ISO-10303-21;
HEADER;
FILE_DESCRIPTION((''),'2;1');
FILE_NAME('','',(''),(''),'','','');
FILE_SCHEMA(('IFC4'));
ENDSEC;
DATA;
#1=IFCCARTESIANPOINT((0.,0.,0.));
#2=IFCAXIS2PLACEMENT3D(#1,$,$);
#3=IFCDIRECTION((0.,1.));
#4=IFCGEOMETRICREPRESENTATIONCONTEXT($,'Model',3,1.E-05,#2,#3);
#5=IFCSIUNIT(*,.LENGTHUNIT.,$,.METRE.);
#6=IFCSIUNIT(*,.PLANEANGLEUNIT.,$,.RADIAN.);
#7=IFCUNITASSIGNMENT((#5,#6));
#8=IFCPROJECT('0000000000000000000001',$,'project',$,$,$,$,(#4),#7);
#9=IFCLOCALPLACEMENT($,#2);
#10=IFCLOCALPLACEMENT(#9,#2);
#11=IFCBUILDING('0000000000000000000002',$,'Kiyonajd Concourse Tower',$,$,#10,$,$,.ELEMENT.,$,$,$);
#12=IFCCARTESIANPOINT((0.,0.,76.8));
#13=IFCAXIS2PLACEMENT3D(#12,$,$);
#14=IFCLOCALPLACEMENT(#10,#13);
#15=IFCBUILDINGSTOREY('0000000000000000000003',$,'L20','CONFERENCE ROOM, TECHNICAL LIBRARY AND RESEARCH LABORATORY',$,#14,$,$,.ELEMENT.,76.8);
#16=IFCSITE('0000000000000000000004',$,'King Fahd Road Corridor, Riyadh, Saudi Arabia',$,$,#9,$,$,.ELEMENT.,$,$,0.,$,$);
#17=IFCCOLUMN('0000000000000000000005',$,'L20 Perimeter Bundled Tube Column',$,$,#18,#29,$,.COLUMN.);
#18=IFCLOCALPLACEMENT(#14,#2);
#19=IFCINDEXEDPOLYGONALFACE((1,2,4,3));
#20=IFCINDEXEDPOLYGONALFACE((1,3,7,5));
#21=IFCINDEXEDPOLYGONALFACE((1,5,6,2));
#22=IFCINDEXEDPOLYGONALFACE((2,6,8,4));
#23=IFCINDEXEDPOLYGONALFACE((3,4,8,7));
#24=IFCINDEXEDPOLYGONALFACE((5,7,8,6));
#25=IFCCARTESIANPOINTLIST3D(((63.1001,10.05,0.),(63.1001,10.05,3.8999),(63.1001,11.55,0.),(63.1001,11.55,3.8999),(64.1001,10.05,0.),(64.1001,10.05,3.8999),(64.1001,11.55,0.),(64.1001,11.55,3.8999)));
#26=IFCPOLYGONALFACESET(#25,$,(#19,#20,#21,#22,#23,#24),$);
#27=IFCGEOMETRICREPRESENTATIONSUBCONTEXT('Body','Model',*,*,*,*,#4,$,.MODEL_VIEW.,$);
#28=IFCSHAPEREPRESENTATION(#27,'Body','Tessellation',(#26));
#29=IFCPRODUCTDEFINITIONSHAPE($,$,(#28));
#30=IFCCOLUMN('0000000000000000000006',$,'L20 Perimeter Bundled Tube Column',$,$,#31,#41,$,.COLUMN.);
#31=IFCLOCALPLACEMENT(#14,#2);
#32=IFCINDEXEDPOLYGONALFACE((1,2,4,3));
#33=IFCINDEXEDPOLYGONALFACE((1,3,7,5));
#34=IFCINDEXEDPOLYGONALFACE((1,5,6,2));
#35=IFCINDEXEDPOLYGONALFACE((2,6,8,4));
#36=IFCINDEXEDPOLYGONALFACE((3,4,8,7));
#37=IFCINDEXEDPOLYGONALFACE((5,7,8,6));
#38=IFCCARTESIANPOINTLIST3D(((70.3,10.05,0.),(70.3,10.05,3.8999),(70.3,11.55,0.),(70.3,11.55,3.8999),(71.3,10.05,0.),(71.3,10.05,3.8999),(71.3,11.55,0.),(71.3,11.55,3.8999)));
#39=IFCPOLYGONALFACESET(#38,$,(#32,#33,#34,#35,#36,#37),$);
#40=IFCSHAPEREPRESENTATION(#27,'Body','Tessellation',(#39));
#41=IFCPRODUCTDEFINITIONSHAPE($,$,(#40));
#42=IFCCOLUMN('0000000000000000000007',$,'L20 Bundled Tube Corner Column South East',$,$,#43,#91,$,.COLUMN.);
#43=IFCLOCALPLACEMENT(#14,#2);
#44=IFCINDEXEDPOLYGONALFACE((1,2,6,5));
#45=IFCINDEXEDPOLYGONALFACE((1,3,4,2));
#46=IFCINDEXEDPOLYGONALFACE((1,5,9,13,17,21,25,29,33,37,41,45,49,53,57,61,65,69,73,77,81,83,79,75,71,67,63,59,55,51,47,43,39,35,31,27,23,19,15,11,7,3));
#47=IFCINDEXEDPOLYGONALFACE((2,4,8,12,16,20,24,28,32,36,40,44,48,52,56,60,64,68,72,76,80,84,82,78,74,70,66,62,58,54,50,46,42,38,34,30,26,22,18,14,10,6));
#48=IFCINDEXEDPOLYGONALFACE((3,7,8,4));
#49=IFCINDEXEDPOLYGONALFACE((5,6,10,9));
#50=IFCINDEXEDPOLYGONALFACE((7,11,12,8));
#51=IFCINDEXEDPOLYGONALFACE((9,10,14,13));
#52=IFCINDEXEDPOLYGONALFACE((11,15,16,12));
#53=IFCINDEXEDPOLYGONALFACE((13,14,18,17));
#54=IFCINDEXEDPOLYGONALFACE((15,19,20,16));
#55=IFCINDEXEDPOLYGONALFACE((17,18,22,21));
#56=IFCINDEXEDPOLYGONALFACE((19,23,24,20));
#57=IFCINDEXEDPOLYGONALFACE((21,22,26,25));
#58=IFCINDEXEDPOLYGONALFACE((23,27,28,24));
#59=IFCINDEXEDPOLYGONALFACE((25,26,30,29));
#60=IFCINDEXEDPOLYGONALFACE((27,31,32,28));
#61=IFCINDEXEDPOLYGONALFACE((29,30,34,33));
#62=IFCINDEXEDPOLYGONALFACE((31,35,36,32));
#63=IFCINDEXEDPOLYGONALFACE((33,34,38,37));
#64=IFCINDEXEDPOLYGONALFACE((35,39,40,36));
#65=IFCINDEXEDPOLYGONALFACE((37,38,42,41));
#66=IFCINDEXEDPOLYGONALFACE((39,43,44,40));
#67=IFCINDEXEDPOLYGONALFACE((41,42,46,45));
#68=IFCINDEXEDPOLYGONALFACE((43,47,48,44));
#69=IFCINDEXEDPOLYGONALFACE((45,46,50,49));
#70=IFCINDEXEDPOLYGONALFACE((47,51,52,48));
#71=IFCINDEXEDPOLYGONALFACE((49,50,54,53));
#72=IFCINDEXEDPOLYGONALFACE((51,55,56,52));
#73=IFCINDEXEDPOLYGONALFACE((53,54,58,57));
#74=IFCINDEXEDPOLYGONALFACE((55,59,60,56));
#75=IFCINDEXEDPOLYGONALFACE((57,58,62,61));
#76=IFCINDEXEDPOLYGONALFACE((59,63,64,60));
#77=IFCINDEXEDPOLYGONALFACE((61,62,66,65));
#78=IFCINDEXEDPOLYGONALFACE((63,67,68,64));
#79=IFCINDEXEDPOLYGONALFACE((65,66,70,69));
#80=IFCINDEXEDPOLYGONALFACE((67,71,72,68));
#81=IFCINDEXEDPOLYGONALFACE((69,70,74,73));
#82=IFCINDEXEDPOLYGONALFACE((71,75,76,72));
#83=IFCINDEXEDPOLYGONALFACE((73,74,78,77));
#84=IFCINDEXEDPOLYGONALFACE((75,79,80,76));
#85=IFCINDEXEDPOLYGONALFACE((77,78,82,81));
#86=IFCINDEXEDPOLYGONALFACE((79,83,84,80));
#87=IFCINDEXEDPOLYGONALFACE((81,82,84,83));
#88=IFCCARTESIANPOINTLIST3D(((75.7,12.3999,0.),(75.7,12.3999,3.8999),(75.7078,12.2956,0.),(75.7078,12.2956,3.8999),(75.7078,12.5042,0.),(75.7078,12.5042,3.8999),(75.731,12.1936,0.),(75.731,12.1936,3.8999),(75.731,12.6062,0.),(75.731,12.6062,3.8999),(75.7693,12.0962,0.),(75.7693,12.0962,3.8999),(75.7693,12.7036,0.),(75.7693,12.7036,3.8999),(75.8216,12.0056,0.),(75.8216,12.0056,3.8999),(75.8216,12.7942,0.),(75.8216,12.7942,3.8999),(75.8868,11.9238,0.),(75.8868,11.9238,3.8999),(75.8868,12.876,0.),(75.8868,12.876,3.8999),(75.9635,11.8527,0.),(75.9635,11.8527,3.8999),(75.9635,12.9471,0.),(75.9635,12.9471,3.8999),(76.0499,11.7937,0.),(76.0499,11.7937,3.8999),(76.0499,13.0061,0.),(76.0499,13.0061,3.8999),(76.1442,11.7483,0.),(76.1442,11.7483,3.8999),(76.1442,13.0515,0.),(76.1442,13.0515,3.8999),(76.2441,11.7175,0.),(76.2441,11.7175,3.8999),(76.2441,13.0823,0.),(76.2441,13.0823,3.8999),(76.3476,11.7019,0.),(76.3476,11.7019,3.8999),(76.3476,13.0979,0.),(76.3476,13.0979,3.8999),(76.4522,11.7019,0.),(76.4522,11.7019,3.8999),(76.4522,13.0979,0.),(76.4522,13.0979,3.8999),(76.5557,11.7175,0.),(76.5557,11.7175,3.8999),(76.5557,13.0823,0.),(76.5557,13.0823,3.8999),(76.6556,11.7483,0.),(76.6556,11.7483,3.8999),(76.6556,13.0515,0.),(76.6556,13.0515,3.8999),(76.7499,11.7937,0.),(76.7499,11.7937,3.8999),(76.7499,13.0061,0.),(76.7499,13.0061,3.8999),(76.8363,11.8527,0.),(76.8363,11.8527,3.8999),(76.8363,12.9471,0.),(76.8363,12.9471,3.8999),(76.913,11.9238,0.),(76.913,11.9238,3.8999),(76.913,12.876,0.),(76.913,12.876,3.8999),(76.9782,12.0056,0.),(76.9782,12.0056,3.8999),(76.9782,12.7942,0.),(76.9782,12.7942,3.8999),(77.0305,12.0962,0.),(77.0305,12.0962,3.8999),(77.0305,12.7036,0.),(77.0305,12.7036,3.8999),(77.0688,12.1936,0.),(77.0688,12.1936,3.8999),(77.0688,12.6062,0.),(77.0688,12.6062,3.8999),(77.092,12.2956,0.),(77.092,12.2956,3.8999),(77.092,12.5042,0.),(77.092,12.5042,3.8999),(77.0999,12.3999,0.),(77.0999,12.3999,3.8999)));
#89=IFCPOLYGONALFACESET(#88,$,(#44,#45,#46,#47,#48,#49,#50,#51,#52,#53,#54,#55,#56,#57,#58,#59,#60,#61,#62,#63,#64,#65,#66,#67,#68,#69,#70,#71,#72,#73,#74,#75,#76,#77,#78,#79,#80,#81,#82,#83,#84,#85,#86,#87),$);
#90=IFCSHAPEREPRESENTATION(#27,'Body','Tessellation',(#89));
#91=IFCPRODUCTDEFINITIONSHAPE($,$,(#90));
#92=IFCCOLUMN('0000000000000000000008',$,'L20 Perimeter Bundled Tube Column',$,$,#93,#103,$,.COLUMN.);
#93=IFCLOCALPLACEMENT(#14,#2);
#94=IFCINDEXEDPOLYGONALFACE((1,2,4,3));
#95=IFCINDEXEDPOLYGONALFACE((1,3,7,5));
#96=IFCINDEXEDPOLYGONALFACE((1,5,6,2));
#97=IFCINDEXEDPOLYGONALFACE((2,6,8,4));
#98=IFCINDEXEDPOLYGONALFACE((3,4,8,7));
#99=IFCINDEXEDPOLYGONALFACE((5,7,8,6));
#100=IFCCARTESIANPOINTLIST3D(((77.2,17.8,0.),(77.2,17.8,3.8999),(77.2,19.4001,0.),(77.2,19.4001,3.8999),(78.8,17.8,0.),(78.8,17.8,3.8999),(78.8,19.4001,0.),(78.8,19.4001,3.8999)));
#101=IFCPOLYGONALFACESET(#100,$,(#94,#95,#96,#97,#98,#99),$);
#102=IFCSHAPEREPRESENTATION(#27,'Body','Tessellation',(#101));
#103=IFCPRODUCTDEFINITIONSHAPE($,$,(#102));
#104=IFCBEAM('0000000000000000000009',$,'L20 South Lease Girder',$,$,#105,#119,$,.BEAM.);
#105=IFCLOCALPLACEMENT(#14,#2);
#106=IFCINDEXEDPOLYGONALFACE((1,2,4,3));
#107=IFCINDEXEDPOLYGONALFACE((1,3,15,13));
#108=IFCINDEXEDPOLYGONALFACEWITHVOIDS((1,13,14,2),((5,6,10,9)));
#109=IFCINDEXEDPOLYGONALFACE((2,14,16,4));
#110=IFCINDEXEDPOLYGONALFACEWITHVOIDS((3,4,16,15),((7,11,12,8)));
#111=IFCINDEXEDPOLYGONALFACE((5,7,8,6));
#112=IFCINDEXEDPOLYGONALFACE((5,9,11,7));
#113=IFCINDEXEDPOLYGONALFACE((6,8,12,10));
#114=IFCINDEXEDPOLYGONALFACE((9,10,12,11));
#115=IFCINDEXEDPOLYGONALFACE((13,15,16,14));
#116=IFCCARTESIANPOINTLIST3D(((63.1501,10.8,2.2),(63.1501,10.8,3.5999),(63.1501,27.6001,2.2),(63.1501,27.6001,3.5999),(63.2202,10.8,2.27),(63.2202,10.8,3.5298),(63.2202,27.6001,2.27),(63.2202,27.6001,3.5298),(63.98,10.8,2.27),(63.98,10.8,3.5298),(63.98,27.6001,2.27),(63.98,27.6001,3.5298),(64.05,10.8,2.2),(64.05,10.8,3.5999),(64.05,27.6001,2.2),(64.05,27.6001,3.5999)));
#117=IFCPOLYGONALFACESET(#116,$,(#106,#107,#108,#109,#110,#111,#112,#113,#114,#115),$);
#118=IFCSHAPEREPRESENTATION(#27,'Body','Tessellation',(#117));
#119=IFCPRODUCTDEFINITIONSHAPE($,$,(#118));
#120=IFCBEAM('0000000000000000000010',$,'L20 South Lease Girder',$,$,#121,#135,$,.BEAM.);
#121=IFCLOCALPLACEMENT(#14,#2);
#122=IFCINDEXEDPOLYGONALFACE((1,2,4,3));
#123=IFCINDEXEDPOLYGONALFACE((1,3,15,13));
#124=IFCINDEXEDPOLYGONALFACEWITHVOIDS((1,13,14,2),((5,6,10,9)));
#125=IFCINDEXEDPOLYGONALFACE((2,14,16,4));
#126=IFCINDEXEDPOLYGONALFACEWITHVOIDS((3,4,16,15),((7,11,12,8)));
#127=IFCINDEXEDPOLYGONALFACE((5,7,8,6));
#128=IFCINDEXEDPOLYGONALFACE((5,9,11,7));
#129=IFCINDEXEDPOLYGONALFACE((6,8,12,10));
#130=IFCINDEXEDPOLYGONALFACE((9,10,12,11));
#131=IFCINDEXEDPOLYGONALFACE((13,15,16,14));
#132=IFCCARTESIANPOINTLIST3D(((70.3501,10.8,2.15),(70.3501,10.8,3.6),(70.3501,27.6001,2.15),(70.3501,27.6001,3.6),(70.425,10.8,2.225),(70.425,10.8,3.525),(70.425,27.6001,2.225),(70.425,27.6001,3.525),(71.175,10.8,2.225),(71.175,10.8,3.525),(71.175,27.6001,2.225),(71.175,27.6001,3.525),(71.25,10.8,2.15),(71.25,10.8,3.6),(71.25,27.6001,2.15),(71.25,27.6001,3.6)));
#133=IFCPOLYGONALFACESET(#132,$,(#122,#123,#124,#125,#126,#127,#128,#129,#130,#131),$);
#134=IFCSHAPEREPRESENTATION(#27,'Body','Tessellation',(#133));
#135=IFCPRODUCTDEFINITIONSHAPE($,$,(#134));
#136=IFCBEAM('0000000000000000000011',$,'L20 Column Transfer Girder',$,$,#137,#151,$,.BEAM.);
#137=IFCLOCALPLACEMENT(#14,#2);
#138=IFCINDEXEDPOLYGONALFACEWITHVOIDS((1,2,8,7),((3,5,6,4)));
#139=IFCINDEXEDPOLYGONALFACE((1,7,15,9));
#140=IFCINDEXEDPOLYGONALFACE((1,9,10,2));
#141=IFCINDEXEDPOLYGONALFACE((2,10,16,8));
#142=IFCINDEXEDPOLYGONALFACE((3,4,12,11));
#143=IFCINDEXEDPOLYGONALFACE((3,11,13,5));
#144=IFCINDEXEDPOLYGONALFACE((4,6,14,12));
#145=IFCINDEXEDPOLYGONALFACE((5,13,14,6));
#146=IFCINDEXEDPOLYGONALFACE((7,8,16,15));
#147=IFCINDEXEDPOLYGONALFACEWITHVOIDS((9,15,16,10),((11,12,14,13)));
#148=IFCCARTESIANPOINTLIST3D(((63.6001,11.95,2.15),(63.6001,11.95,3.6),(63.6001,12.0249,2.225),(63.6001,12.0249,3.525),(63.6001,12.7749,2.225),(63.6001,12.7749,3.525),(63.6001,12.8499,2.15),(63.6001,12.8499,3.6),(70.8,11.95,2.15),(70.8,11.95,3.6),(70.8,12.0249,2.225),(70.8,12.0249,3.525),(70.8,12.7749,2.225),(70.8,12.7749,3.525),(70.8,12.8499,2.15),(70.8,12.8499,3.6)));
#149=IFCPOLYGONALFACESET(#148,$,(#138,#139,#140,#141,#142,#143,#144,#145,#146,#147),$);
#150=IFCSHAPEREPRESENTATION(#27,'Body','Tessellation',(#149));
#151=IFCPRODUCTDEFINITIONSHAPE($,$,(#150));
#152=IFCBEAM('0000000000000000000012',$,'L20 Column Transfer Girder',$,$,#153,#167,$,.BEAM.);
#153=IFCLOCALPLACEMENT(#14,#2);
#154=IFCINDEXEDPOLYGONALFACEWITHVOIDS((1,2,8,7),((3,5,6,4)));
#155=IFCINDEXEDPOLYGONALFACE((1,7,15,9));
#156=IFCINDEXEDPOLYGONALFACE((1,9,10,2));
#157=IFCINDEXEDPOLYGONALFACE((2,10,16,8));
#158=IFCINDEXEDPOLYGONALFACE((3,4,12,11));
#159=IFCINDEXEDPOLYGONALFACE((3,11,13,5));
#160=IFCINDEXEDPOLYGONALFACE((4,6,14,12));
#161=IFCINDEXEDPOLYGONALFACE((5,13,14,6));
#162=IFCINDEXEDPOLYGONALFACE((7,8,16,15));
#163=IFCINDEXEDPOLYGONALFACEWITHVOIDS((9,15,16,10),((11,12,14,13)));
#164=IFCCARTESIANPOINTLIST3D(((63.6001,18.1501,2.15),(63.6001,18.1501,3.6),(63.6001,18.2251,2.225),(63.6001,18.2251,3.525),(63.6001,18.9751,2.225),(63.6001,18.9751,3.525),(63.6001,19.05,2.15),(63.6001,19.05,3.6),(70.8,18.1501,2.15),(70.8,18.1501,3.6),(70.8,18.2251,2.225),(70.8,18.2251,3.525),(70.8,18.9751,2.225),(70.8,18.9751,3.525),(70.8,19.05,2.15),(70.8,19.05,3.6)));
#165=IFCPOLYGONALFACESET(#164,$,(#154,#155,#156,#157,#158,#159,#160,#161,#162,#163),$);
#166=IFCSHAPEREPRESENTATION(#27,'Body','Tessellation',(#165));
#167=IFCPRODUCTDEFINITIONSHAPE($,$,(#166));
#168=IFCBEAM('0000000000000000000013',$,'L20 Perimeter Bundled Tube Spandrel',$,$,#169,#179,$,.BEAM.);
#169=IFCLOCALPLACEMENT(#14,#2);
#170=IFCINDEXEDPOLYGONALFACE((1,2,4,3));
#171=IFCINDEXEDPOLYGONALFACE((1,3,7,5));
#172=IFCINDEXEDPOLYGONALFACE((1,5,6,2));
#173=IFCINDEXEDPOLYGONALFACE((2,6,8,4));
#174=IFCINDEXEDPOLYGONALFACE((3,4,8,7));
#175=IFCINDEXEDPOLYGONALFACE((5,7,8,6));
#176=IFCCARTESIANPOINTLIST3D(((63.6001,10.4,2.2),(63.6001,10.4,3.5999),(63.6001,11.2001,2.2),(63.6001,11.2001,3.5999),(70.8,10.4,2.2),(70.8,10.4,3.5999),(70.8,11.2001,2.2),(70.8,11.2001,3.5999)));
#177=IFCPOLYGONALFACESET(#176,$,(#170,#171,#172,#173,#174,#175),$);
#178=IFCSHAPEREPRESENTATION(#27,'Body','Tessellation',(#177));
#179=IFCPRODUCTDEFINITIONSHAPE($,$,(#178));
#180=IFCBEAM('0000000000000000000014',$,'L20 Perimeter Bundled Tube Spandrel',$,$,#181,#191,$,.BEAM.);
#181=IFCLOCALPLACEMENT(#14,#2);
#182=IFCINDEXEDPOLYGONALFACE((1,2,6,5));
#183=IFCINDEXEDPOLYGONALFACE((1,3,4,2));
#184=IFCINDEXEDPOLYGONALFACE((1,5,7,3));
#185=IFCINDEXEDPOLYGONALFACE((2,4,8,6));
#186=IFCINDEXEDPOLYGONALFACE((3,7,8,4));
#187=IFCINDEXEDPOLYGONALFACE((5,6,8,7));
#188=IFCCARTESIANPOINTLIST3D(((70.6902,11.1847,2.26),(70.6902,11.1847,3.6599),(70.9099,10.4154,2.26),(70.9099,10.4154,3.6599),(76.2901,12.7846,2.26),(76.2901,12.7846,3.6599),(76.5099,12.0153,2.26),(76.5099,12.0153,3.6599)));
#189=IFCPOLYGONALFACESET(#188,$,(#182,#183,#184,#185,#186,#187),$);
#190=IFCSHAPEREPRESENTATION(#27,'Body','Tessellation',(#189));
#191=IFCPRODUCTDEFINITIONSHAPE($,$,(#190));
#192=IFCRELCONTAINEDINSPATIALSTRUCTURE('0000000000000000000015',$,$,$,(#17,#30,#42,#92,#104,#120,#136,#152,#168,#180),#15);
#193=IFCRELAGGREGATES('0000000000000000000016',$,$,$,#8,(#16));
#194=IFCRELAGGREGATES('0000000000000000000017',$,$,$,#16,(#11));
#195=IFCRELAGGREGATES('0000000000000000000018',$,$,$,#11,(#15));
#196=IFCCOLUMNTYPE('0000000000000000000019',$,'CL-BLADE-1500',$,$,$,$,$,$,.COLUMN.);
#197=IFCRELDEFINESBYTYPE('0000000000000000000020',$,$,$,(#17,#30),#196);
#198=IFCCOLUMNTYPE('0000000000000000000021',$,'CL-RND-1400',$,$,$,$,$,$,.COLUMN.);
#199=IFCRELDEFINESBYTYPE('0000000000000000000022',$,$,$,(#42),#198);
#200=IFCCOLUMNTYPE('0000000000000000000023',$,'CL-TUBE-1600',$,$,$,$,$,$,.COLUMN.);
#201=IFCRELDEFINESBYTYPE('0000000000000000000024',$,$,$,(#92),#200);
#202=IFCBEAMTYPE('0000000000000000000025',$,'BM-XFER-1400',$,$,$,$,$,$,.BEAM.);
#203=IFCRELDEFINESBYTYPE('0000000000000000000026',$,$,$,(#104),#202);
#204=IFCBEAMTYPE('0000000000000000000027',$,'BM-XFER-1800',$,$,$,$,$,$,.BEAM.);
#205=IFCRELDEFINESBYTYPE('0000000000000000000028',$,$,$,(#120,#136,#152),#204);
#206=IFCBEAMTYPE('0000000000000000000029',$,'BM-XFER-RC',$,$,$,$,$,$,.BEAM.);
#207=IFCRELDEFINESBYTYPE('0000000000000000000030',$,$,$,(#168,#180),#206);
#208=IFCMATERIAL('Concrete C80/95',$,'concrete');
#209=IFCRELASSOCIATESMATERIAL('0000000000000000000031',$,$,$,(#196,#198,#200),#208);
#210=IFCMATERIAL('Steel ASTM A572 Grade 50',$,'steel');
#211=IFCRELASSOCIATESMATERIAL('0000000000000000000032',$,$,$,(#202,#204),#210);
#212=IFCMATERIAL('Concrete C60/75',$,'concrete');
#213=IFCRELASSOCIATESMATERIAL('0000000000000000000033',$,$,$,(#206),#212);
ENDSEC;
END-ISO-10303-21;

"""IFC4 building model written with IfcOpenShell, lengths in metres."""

from ifc_helpers import new_model, si_unit, direction, frame, origin, origin_2d, place, context, subcontext, project, spatial, rectangle, hollow_rectangle, circle, extrude, material, material_profile, profile_set, type_object, element, save


model = new_model("IFC4")

# Units and contexts
model_context = context("Model", 3, precision=1e-05, world=origin(), true_north=direction((0.0, 1.0)))
body_context = subcontext(model_context, "Body", "Model", "MODEL_VIEW")
ifc_project = project(units=[si_unit("LENGTHUNIT", "METRE"), si_unit("PLANEANGLEUNIT", "RADIAN")], contexts=[model_context])

# Site, building, storey
site_placement = place(None, origin())
site = spatial("IfcSite", under=ifc_project, at=site_placement, Name="King Fahd Road Corridor, Riyadh, Saudi Arabia", CompositionType="ELEMENT", RefElevation=0.0)
building_placement = place(site_placement, origin())
building = spatial("IfcBuilding", under=site, at=building_placement, Name="Kiyonajd Concourse Tower", CompositionType="ELEMENT")
storey_placement = place(building_placement, frame((0.0, 0.0, 76.8)))
storey = spatial("IfcBuildingStorey", under=building, at=storey_placement, Name="L20", Description="CONFERENCE ROOM, TECHNICAL LIBRARY AND RESEARCH LABORATORY", CompositionType="ELEMENT", Elevation=76.8)

# Columns
ifc_material_1 = material(Name="Concrete C80/95", Category="concrete")
ifc_material_profile_1 = material_profile(ifc_material_1, rectangle(XDim=1.0, YDim=1.5, at=origin_2d()), Name="RC-1500x1000")
ifc_profile_set_1 = profile_set([ifc_material_profile_1], Name="Concrete C80/95")
column_type_1 = type_object("IfcColumnType", Name="CL-BLADE-1500", PredefinedType="COLUMN", material=ifc_profile_set_1)
for number, where, z_axis, x_axis, name in (
    (1, (63.6001, 10.8, 0.0), (0.0, 0.0, 1.0), (1.0, 0.0, 0.0), "L20 Perimeter Bundled Tube Column"),
    (2, (70.8, 10.8, 0.0), (0.0, 0.0, 1.0), (1.0, 0.0, 0.0), "L20 Perimeter Bundled Tube Column"),
):
    element("IfcColumn", number, at=place(storey_placement, frame(where, z_axis=z_axis, x_axis=x_axis)), inside=storey, type_object=column_type_1, Name=name, PredefinedType="COLUMN", context=body_context, shape_type="SweptSolid", body=[
        extrude(rectangle(XDim=1.0, YDim=1.5, at=origin_2d()), origin(), (0.0, 0.0, 1.0), 3.8999),
    ])
ifc_material_profile_2 = material_profile(ifc_material_1, circle(Radius=0.7, at=origin_2d()), Name="RCC-D1400")
ifc_profile_set_2 = profile_set([ifc_material_profile_2], Name="Concrete C80/95")
column_type_2 = type_object("IfcColumnType", Name="CL-RND-1400", PredefinedType="COLUMN", material=ifc_profile_set_2)
column_1_placement = place(storey_placement, frame((76.3999, 12.3999, 0.0), z_axis=(0.0, 0.0, 1.0), x_axis=(1.0, 0.0, 0.0)))
element("IfcColumn", 3, at=column_1_placement, inside=storey, type_object=column_type_2, Name="L20 Bundled Tube Corner Column South East", PredefinedType="COLUMN", context=body_context, shape_type="SweptSolid", body=[
    extrude(circle(Radius=0.7, at=origin_2d()), origin(), (0.0, 0.0, 1.0), 3.8999),
])
ifc_material_profile_3 = material_profile(ifc_material_1, rectangle(XDim=1.6001, YDim=1.6001, at=origin_2d()), Name="RC-1600x1600")
ifc_profile_set_3 = profile_set([ifc_material_profile_3], Name="Concrete C80/95")
column_type_3 = type_object("IfcColumnType", Name="CL-TUBE-1600", PredefinedType="COLUMN", material=ifc_profile_set_3)
column_2_placement = place(storey_placement, frame((78.0, 18.6001, 0.0), z_axis=(0.0, 0.0, 1.0), x_axis=(1.0, 0.0, 0.0)))
element("IfcColumn", 4, at=column_2_placement, inside=storey, type_object=column_type_3, Name="L20 Perimeter Bundled Tube Column", PredefinedType="COLUMN", context=body_context, shape_type="SweptSolid", body=[
    extrude(rectangle(XDim=1.6001, YDim=1.6001, at=origin_2d()), origin(), (0.0, 0.0, 1.0), 3.8999),
])

# Beams
ifc_material_2 = material(Name="Steel ASTM A572 Grade 50", Category="steel")
ifc_material_profile_4 = material_profile(ifc_material_2, hollow_rectangle(XDim=0.8999, YDim=1.3999, WallThickness=0.0701, at=origin_2d()), Name="BOX-1400x900x70")
ifc_profile_set_4 = profile_set([ifc_material_profile_4], Name="Steel ASTM A572 Grade 50")
beam_type_1 = type_object("IfcBeamType", Name="BM-XFER-1400", PredefinedType="BEAM", material=ifc_profile_set_4)
beam_1_placement = place(storey_placement, frame((63.6001, 10.8, 2.8999), z_axis=(0.0, 1.0, 0.0), x_axis=(-1.0, 0.0, 0.0)))
element("IfcBeam", 5, at=beam_1_placement, inside=storey, type_object=beam_type_1, Name="L20 South Lease Girder", PredefinedType="BEAM", context=body_context, shape_type="SweptSolid", body=[
    extrude(hollow_rectangle(XDim=0.8999, YDim=1.3999, WallThickness=0.0701, at=origin_2d()), origin(), (0.0, 0.0, 1.0), 16.8),
])
ifc_material_profile_5 = material_profile(ifc_material_2, hollow_rectangle(XDim=0.8999, YDim=1.45, WallThickness=0.075, at=origin_2d()), Name="BOX-1450x900x75")
ifc_profile_set_5 = profile_set([ifc_material_profile_5], Name="Steel ASTM A572 Grade 50")
beam_type_2 = type_object("IfcBeamType", Name="BM-XFER-1800", PredefinedType="BEAM", material=ifc_profile_set_5)
beam_2_placement = place(storey_placement, frame((70.8, 10.8, 2.875), z_axis=(0.0, 1.0, 0.0), x_axis=(-1.0, 0.0, 0.0)))
element("IfcBeam", 6, at=beam_2_placement, inside=storey, type_object=beam_type_2, Name="L20 South Lease Girder", PredefinedType="BEAM", context=body_context, shape_type="SweptSolid", body=[
    extrude(hollow_rectangle(XDim=0.8999, YDim=1.45, WallThickness=0.075, at=origin_2d()), origin(), (0.0, 0.0, 1.0), 16.8),
])
for number, where, z_axis, x_axis, name in (
    (7, (63.6001, 12.3999, 2.875), (1.0, 0.0, 0.0), (0.0, 1.0, 0.0), "L20 Column Transfer Girder"),
    (8, (63.6001, 18.6001, 2.875), (1.0, 0.0, 0.0), (0.0, 1.0, 0.0), "L20 Column Transfer Girder"),
):
    element("IfcBeam", number, at=place(storey_placement, frame(where, z_axis=z_axis, x_axis=x_axis)), inside=storey, type_object=beam_type_2, Name=name, PredefinedType="BEAM", context=body_context, shape_type="SweptSolid", body=[
        extrude(hollow_rectangle(XDim=0.8999, YDim=1.45, WallThickness=0.075, at=origin_2d()), origin(), (0.0, 0.0, 1.0), 7.2),
    ])
ifc_material_3 = material(Name="Concrete C60/75", Category="concrete")
ifc_material_profile_6 = material_profile(ifc_material_3, rectangle(XDim=0.8, YDim=1.3999, at=origin_2d()), Name="RCBM-800x1400")
ifc_profile_set_6 = profile_set([ifc_material_profile_6], Name="Concrete C60/75")
beam_type_3 = type_object("IfcBeamType", Name="BM-XFER-RC", PredefinedType="BEAM", material=ifc_profile_set_6)
beam_3_placement = place(storey_placement, frame((63.6001, 10.8, 2.8999), z_axis=(1.0, 0.0, 0.0), x_axis=(0.0, 1.0, 0.0)))
element("IfcBeam", 9, at=beam_3_placement, inside=storey, type_object=beam_type_3, Name="L20 Perimeter Bundled Tube Spandrel", PredefinedType="BEAM", context=body_context, shape_type="SweptSolid", body=[
    extrude(rectangle(XDim=0.8, YDim=1.3999, at=origin_2d()), origin(), (0.0, 0.0, 1.0), 7.2),
])
beam_4_placement = place(storey_placement, frame((70.8, 10.8, 2.96), z_axis=(0.961529, 0.274705, 0.0), x_axis=(-0.274705, 0.961529, 0.0)))
element("IfcBeam", 10, at=beam_4_placement, inside=storey, type_object=beam_type_3, Name="L20 Perimeter Bundled Tube Spandrel", PredefinedType="BEAM", context=body_context, shape_type="SweptSolid", body=[
    extrude(rectangle(XDim=0.8, YDim=1.3999, at=origin_2d()), origin(), (0.0, 0.0, 1.0), 5.824),
])

save(model, "model.ifc")
